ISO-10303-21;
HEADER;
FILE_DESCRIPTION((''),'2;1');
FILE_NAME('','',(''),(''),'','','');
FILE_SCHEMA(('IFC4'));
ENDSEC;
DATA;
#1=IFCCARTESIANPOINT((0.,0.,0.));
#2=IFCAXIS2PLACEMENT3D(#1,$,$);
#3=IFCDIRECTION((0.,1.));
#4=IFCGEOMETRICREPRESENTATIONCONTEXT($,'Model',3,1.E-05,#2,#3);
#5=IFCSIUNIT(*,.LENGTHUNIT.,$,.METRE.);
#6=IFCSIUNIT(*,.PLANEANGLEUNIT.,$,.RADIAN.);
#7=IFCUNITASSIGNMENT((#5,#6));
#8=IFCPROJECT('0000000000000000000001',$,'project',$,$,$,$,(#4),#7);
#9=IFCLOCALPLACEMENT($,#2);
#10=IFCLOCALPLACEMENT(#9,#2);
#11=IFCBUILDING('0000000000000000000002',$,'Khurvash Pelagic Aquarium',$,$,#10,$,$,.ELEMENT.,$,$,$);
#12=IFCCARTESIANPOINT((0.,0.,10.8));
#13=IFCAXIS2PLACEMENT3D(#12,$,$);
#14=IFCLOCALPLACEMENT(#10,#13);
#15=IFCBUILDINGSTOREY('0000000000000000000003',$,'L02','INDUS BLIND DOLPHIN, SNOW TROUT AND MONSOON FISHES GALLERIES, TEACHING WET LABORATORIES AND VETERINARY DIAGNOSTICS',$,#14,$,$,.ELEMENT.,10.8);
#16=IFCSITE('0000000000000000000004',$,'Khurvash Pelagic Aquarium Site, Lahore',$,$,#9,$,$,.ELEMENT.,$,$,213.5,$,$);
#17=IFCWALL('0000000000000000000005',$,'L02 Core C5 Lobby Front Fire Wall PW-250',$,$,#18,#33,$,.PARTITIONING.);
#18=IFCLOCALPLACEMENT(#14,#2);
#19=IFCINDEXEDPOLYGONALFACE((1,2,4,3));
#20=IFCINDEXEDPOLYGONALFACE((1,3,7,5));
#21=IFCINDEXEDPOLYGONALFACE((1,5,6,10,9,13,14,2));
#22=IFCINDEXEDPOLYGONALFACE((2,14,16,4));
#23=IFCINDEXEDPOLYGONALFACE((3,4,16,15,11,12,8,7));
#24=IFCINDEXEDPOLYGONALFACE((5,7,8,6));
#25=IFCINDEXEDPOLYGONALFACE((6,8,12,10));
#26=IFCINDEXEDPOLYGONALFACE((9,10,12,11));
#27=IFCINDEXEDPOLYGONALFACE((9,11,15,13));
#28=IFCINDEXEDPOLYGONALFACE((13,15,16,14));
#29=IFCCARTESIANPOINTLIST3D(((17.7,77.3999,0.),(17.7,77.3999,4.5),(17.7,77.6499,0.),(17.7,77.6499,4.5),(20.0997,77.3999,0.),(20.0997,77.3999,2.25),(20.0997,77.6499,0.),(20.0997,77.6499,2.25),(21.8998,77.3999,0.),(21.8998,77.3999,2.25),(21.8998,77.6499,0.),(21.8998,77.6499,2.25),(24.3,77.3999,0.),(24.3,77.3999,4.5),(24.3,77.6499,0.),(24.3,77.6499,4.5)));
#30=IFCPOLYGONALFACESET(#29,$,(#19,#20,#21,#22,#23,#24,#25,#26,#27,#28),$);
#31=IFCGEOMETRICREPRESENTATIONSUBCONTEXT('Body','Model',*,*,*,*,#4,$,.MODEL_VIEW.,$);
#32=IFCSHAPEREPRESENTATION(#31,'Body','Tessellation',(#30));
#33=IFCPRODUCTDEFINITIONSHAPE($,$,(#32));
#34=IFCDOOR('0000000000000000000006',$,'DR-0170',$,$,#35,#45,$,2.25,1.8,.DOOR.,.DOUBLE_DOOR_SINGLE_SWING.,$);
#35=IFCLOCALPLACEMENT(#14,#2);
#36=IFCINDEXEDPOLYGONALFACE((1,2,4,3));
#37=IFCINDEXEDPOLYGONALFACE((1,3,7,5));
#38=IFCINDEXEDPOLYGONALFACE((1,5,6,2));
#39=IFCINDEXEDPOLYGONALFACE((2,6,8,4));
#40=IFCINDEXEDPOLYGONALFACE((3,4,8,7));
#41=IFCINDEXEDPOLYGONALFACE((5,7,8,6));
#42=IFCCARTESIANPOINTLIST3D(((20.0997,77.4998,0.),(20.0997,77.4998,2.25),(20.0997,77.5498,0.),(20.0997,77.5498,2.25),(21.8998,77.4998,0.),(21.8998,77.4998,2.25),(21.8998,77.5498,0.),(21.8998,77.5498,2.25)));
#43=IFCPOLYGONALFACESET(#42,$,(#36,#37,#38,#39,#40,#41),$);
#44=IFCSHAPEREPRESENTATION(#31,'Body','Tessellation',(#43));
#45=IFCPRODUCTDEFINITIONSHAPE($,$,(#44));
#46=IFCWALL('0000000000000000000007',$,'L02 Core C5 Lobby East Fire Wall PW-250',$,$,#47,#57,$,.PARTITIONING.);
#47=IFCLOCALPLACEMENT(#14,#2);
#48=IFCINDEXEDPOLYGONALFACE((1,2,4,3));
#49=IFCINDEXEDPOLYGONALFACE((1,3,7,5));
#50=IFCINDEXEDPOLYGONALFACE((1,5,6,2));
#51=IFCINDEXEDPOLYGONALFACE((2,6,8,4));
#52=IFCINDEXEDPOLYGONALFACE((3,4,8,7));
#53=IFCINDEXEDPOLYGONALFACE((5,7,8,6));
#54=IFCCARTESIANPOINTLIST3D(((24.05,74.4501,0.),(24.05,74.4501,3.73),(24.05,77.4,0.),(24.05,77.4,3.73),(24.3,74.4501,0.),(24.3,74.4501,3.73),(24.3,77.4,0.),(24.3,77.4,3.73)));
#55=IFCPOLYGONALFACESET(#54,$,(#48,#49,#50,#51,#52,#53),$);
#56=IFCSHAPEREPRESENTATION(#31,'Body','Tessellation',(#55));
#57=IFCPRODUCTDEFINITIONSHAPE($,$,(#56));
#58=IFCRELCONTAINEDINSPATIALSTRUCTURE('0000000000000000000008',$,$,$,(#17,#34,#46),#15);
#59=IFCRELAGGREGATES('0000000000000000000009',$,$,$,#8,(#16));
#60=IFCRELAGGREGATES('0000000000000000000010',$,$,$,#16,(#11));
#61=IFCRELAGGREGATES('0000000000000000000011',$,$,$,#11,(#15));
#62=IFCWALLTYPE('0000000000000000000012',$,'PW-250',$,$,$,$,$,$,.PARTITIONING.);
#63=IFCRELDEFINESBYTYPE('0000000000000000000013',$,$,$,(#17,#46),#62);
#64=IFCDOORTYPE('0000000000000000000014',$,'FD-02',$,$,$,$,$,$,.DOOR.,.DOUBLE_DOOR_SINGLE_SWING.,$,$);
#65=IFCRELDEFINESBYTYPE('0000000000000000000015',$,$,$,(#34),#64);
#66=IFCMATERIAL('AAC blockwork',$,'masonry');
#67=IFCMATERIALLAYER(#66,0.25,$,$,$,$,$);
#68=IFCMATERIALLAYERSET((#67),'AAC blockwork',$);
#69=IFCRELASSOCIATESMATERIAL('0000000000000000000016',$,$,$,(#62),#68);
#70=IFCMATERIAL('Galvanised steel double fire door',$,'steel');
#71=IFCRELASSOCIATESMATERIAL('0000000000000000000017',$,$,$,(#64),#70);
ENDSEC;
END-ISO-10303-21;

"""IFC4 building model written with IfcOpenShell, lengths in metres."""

from ifc_helpers import new_model, si_unit, direction, frame, frame_2d, origin, place, context, subcontext, project, spatial, rectangle, extrude, material, layer, layer_set, type_object, element, fill, save


model = new_model("IFC4")

# Units and contexts
model_context = context("Model", 3, precision=1e-05, world=origin(), true_north=direction((0.0, 1.0)))
body_context = subcontext(model_context, "Body", "Model", "MODEL_VIEW")
ifc_project = project(units=[si_unit("LENGTHUNIT", "METRE"), si_unit("PLANEANGLEUNIT", "RADIAN")], contexts=[model_context])

# Site, building, storey
site_placement = place(None, origin())
site = spatial("IfcSite", under=ifc_project, at=site_placement, Name="Khurvash Pelagic Aquarium Site, Lahore", CompositionType="ELEMENT", RefElevation=213.5)
building_placement = place(site_placement, origin())
building = spatial("IfcBuilding", under=site, at=building_placement, Name="Khurvash Pelagic Aquarium", CompositionType="ELEMENT")
storey_placement = place(building_placement, frame((0.0, 0.0, 10.8)))
storey = spatial("IfcBuildingStorey", under=building, at=storey_placement, Name="L02", Description="INDUS BLIND DOLPHIN, SNOW TROUT AND MONSOON FISHES GALLERIES, TEACHING WET LABORATORIES AND VETERINARY DIAGNOSTICS", CompositionType="ELEMENT", Elevation=10.8)

# Wall, opening, door
ifc_material_1 = material(Name="AAC blockwork", Category="masonry")
ifc_layer_1 = layer(ifc_material_1, 0.25)
ifc_layer_set_1 = layer_set([ifc_layer_1], Name="AAC blockwork")
wall_type_1 = type_object("IfcWallType", Name="PW-250", PredefinedType="PARTITIONING", material=ifc_layer_set_1)
wall_1_placement = place(storey_placement, frame((17.7, 77.5249, 0.0), z_axis=(0.0, 0.0, 1.0), x_axis=(1.0, 0.0, 0.0)))
wall_1 = element("IfcWall", 1, at=wall_1_placement, inside=storey, type_object=wall_type_1, Name="L02 Core C5 Lobby Front Fire Wall PW-250", PredefinedType="PARTITIONING", context=body_context, shape_type="SweptSolid", body=[
    extrude(rectangle(XDim=6.6001, YDim=0.25, at=frame_2d((3.3, 0.0))), origin(), (0.0, 0.0, 1.0), 4.5),
])
opening_1_placement = place(wall_1_placement, frame((2.3999, 0.0, 0.0)))
opening_1 = element("IfcOpeningElement", 2, at=opening_1_placement, cuts=wall_1, PredefinedType="OPENING", context=body_context, shape_type="SweptSolid", body=[
    extrude(rectangle(XDim=1.8, YDim=2.25, at=frame_2d((0.8999, 1.125))), frame((0.0, 0.135, 0.0), z_axis=(0.0, -1.0, 0.0), x_axis=(1.0, 0.0, 0.0)), (0.0, 0.0, 1.0), 0.27),
])
ifc_material_2 = material(Name="Galvanised steel double fire door", Category="steel")
door_type_1 = type_object("IfcDoorType", Name="FD-02", OperationType="DOUBLE_DOOR_SINGLE_SWING", PredefinedType="DOOR", material=ifc_material_2)
door_1_placement = place(opening_1_placement, origin())
door_1 = element("IfcDoor", 3, at=door_1_placement, inside=storey, type_object=door_type_1, Name="DR-0170", OperationType="DOUBLE_DOOR_SINGLE_SWING", OverallHeight=2.25, OverallWidth=1.8, PredefinedType="DOOR", context=body_context, shape_type="SweptSolid", body=[
    extrude(rectangle(XDim=1.8, YDim=2.25, at=frame_2d((0.8999, 1.125))), frame((0.0, 0.0249, 0.0), z_axis=(0.0, -1.0, 0.0), x_axis=(1.0, 0.0, 0.0)), (0.0, 0.0, 1.0), 0.05),
])
fill(opening_1, door_1)

# Wall
wall_2_placement = place(storey_placement, frame((24.175, 74.45, 0.0), z_axis=(0.0, 0.0, 1.0), x_axis=(0.0, 1.0, 0.0)))
element("IfcWall", 4, at=wall_2_placement, inside=storey, type_object=wall_type_1, Name="L02 Core C5 Lobby East Fire Wall PW-250", PredefinedType="PARTITIONING", context=body_context, shape_type="SweptSolid", body=[
    extrude(rectangle(XDim=2.95, YDim=0.25, at=frame_2d((1.4751, 0.0))), origin(), (0.0, 0.0, 1.0), 3.73),
])

save(model, "model.ifc")
